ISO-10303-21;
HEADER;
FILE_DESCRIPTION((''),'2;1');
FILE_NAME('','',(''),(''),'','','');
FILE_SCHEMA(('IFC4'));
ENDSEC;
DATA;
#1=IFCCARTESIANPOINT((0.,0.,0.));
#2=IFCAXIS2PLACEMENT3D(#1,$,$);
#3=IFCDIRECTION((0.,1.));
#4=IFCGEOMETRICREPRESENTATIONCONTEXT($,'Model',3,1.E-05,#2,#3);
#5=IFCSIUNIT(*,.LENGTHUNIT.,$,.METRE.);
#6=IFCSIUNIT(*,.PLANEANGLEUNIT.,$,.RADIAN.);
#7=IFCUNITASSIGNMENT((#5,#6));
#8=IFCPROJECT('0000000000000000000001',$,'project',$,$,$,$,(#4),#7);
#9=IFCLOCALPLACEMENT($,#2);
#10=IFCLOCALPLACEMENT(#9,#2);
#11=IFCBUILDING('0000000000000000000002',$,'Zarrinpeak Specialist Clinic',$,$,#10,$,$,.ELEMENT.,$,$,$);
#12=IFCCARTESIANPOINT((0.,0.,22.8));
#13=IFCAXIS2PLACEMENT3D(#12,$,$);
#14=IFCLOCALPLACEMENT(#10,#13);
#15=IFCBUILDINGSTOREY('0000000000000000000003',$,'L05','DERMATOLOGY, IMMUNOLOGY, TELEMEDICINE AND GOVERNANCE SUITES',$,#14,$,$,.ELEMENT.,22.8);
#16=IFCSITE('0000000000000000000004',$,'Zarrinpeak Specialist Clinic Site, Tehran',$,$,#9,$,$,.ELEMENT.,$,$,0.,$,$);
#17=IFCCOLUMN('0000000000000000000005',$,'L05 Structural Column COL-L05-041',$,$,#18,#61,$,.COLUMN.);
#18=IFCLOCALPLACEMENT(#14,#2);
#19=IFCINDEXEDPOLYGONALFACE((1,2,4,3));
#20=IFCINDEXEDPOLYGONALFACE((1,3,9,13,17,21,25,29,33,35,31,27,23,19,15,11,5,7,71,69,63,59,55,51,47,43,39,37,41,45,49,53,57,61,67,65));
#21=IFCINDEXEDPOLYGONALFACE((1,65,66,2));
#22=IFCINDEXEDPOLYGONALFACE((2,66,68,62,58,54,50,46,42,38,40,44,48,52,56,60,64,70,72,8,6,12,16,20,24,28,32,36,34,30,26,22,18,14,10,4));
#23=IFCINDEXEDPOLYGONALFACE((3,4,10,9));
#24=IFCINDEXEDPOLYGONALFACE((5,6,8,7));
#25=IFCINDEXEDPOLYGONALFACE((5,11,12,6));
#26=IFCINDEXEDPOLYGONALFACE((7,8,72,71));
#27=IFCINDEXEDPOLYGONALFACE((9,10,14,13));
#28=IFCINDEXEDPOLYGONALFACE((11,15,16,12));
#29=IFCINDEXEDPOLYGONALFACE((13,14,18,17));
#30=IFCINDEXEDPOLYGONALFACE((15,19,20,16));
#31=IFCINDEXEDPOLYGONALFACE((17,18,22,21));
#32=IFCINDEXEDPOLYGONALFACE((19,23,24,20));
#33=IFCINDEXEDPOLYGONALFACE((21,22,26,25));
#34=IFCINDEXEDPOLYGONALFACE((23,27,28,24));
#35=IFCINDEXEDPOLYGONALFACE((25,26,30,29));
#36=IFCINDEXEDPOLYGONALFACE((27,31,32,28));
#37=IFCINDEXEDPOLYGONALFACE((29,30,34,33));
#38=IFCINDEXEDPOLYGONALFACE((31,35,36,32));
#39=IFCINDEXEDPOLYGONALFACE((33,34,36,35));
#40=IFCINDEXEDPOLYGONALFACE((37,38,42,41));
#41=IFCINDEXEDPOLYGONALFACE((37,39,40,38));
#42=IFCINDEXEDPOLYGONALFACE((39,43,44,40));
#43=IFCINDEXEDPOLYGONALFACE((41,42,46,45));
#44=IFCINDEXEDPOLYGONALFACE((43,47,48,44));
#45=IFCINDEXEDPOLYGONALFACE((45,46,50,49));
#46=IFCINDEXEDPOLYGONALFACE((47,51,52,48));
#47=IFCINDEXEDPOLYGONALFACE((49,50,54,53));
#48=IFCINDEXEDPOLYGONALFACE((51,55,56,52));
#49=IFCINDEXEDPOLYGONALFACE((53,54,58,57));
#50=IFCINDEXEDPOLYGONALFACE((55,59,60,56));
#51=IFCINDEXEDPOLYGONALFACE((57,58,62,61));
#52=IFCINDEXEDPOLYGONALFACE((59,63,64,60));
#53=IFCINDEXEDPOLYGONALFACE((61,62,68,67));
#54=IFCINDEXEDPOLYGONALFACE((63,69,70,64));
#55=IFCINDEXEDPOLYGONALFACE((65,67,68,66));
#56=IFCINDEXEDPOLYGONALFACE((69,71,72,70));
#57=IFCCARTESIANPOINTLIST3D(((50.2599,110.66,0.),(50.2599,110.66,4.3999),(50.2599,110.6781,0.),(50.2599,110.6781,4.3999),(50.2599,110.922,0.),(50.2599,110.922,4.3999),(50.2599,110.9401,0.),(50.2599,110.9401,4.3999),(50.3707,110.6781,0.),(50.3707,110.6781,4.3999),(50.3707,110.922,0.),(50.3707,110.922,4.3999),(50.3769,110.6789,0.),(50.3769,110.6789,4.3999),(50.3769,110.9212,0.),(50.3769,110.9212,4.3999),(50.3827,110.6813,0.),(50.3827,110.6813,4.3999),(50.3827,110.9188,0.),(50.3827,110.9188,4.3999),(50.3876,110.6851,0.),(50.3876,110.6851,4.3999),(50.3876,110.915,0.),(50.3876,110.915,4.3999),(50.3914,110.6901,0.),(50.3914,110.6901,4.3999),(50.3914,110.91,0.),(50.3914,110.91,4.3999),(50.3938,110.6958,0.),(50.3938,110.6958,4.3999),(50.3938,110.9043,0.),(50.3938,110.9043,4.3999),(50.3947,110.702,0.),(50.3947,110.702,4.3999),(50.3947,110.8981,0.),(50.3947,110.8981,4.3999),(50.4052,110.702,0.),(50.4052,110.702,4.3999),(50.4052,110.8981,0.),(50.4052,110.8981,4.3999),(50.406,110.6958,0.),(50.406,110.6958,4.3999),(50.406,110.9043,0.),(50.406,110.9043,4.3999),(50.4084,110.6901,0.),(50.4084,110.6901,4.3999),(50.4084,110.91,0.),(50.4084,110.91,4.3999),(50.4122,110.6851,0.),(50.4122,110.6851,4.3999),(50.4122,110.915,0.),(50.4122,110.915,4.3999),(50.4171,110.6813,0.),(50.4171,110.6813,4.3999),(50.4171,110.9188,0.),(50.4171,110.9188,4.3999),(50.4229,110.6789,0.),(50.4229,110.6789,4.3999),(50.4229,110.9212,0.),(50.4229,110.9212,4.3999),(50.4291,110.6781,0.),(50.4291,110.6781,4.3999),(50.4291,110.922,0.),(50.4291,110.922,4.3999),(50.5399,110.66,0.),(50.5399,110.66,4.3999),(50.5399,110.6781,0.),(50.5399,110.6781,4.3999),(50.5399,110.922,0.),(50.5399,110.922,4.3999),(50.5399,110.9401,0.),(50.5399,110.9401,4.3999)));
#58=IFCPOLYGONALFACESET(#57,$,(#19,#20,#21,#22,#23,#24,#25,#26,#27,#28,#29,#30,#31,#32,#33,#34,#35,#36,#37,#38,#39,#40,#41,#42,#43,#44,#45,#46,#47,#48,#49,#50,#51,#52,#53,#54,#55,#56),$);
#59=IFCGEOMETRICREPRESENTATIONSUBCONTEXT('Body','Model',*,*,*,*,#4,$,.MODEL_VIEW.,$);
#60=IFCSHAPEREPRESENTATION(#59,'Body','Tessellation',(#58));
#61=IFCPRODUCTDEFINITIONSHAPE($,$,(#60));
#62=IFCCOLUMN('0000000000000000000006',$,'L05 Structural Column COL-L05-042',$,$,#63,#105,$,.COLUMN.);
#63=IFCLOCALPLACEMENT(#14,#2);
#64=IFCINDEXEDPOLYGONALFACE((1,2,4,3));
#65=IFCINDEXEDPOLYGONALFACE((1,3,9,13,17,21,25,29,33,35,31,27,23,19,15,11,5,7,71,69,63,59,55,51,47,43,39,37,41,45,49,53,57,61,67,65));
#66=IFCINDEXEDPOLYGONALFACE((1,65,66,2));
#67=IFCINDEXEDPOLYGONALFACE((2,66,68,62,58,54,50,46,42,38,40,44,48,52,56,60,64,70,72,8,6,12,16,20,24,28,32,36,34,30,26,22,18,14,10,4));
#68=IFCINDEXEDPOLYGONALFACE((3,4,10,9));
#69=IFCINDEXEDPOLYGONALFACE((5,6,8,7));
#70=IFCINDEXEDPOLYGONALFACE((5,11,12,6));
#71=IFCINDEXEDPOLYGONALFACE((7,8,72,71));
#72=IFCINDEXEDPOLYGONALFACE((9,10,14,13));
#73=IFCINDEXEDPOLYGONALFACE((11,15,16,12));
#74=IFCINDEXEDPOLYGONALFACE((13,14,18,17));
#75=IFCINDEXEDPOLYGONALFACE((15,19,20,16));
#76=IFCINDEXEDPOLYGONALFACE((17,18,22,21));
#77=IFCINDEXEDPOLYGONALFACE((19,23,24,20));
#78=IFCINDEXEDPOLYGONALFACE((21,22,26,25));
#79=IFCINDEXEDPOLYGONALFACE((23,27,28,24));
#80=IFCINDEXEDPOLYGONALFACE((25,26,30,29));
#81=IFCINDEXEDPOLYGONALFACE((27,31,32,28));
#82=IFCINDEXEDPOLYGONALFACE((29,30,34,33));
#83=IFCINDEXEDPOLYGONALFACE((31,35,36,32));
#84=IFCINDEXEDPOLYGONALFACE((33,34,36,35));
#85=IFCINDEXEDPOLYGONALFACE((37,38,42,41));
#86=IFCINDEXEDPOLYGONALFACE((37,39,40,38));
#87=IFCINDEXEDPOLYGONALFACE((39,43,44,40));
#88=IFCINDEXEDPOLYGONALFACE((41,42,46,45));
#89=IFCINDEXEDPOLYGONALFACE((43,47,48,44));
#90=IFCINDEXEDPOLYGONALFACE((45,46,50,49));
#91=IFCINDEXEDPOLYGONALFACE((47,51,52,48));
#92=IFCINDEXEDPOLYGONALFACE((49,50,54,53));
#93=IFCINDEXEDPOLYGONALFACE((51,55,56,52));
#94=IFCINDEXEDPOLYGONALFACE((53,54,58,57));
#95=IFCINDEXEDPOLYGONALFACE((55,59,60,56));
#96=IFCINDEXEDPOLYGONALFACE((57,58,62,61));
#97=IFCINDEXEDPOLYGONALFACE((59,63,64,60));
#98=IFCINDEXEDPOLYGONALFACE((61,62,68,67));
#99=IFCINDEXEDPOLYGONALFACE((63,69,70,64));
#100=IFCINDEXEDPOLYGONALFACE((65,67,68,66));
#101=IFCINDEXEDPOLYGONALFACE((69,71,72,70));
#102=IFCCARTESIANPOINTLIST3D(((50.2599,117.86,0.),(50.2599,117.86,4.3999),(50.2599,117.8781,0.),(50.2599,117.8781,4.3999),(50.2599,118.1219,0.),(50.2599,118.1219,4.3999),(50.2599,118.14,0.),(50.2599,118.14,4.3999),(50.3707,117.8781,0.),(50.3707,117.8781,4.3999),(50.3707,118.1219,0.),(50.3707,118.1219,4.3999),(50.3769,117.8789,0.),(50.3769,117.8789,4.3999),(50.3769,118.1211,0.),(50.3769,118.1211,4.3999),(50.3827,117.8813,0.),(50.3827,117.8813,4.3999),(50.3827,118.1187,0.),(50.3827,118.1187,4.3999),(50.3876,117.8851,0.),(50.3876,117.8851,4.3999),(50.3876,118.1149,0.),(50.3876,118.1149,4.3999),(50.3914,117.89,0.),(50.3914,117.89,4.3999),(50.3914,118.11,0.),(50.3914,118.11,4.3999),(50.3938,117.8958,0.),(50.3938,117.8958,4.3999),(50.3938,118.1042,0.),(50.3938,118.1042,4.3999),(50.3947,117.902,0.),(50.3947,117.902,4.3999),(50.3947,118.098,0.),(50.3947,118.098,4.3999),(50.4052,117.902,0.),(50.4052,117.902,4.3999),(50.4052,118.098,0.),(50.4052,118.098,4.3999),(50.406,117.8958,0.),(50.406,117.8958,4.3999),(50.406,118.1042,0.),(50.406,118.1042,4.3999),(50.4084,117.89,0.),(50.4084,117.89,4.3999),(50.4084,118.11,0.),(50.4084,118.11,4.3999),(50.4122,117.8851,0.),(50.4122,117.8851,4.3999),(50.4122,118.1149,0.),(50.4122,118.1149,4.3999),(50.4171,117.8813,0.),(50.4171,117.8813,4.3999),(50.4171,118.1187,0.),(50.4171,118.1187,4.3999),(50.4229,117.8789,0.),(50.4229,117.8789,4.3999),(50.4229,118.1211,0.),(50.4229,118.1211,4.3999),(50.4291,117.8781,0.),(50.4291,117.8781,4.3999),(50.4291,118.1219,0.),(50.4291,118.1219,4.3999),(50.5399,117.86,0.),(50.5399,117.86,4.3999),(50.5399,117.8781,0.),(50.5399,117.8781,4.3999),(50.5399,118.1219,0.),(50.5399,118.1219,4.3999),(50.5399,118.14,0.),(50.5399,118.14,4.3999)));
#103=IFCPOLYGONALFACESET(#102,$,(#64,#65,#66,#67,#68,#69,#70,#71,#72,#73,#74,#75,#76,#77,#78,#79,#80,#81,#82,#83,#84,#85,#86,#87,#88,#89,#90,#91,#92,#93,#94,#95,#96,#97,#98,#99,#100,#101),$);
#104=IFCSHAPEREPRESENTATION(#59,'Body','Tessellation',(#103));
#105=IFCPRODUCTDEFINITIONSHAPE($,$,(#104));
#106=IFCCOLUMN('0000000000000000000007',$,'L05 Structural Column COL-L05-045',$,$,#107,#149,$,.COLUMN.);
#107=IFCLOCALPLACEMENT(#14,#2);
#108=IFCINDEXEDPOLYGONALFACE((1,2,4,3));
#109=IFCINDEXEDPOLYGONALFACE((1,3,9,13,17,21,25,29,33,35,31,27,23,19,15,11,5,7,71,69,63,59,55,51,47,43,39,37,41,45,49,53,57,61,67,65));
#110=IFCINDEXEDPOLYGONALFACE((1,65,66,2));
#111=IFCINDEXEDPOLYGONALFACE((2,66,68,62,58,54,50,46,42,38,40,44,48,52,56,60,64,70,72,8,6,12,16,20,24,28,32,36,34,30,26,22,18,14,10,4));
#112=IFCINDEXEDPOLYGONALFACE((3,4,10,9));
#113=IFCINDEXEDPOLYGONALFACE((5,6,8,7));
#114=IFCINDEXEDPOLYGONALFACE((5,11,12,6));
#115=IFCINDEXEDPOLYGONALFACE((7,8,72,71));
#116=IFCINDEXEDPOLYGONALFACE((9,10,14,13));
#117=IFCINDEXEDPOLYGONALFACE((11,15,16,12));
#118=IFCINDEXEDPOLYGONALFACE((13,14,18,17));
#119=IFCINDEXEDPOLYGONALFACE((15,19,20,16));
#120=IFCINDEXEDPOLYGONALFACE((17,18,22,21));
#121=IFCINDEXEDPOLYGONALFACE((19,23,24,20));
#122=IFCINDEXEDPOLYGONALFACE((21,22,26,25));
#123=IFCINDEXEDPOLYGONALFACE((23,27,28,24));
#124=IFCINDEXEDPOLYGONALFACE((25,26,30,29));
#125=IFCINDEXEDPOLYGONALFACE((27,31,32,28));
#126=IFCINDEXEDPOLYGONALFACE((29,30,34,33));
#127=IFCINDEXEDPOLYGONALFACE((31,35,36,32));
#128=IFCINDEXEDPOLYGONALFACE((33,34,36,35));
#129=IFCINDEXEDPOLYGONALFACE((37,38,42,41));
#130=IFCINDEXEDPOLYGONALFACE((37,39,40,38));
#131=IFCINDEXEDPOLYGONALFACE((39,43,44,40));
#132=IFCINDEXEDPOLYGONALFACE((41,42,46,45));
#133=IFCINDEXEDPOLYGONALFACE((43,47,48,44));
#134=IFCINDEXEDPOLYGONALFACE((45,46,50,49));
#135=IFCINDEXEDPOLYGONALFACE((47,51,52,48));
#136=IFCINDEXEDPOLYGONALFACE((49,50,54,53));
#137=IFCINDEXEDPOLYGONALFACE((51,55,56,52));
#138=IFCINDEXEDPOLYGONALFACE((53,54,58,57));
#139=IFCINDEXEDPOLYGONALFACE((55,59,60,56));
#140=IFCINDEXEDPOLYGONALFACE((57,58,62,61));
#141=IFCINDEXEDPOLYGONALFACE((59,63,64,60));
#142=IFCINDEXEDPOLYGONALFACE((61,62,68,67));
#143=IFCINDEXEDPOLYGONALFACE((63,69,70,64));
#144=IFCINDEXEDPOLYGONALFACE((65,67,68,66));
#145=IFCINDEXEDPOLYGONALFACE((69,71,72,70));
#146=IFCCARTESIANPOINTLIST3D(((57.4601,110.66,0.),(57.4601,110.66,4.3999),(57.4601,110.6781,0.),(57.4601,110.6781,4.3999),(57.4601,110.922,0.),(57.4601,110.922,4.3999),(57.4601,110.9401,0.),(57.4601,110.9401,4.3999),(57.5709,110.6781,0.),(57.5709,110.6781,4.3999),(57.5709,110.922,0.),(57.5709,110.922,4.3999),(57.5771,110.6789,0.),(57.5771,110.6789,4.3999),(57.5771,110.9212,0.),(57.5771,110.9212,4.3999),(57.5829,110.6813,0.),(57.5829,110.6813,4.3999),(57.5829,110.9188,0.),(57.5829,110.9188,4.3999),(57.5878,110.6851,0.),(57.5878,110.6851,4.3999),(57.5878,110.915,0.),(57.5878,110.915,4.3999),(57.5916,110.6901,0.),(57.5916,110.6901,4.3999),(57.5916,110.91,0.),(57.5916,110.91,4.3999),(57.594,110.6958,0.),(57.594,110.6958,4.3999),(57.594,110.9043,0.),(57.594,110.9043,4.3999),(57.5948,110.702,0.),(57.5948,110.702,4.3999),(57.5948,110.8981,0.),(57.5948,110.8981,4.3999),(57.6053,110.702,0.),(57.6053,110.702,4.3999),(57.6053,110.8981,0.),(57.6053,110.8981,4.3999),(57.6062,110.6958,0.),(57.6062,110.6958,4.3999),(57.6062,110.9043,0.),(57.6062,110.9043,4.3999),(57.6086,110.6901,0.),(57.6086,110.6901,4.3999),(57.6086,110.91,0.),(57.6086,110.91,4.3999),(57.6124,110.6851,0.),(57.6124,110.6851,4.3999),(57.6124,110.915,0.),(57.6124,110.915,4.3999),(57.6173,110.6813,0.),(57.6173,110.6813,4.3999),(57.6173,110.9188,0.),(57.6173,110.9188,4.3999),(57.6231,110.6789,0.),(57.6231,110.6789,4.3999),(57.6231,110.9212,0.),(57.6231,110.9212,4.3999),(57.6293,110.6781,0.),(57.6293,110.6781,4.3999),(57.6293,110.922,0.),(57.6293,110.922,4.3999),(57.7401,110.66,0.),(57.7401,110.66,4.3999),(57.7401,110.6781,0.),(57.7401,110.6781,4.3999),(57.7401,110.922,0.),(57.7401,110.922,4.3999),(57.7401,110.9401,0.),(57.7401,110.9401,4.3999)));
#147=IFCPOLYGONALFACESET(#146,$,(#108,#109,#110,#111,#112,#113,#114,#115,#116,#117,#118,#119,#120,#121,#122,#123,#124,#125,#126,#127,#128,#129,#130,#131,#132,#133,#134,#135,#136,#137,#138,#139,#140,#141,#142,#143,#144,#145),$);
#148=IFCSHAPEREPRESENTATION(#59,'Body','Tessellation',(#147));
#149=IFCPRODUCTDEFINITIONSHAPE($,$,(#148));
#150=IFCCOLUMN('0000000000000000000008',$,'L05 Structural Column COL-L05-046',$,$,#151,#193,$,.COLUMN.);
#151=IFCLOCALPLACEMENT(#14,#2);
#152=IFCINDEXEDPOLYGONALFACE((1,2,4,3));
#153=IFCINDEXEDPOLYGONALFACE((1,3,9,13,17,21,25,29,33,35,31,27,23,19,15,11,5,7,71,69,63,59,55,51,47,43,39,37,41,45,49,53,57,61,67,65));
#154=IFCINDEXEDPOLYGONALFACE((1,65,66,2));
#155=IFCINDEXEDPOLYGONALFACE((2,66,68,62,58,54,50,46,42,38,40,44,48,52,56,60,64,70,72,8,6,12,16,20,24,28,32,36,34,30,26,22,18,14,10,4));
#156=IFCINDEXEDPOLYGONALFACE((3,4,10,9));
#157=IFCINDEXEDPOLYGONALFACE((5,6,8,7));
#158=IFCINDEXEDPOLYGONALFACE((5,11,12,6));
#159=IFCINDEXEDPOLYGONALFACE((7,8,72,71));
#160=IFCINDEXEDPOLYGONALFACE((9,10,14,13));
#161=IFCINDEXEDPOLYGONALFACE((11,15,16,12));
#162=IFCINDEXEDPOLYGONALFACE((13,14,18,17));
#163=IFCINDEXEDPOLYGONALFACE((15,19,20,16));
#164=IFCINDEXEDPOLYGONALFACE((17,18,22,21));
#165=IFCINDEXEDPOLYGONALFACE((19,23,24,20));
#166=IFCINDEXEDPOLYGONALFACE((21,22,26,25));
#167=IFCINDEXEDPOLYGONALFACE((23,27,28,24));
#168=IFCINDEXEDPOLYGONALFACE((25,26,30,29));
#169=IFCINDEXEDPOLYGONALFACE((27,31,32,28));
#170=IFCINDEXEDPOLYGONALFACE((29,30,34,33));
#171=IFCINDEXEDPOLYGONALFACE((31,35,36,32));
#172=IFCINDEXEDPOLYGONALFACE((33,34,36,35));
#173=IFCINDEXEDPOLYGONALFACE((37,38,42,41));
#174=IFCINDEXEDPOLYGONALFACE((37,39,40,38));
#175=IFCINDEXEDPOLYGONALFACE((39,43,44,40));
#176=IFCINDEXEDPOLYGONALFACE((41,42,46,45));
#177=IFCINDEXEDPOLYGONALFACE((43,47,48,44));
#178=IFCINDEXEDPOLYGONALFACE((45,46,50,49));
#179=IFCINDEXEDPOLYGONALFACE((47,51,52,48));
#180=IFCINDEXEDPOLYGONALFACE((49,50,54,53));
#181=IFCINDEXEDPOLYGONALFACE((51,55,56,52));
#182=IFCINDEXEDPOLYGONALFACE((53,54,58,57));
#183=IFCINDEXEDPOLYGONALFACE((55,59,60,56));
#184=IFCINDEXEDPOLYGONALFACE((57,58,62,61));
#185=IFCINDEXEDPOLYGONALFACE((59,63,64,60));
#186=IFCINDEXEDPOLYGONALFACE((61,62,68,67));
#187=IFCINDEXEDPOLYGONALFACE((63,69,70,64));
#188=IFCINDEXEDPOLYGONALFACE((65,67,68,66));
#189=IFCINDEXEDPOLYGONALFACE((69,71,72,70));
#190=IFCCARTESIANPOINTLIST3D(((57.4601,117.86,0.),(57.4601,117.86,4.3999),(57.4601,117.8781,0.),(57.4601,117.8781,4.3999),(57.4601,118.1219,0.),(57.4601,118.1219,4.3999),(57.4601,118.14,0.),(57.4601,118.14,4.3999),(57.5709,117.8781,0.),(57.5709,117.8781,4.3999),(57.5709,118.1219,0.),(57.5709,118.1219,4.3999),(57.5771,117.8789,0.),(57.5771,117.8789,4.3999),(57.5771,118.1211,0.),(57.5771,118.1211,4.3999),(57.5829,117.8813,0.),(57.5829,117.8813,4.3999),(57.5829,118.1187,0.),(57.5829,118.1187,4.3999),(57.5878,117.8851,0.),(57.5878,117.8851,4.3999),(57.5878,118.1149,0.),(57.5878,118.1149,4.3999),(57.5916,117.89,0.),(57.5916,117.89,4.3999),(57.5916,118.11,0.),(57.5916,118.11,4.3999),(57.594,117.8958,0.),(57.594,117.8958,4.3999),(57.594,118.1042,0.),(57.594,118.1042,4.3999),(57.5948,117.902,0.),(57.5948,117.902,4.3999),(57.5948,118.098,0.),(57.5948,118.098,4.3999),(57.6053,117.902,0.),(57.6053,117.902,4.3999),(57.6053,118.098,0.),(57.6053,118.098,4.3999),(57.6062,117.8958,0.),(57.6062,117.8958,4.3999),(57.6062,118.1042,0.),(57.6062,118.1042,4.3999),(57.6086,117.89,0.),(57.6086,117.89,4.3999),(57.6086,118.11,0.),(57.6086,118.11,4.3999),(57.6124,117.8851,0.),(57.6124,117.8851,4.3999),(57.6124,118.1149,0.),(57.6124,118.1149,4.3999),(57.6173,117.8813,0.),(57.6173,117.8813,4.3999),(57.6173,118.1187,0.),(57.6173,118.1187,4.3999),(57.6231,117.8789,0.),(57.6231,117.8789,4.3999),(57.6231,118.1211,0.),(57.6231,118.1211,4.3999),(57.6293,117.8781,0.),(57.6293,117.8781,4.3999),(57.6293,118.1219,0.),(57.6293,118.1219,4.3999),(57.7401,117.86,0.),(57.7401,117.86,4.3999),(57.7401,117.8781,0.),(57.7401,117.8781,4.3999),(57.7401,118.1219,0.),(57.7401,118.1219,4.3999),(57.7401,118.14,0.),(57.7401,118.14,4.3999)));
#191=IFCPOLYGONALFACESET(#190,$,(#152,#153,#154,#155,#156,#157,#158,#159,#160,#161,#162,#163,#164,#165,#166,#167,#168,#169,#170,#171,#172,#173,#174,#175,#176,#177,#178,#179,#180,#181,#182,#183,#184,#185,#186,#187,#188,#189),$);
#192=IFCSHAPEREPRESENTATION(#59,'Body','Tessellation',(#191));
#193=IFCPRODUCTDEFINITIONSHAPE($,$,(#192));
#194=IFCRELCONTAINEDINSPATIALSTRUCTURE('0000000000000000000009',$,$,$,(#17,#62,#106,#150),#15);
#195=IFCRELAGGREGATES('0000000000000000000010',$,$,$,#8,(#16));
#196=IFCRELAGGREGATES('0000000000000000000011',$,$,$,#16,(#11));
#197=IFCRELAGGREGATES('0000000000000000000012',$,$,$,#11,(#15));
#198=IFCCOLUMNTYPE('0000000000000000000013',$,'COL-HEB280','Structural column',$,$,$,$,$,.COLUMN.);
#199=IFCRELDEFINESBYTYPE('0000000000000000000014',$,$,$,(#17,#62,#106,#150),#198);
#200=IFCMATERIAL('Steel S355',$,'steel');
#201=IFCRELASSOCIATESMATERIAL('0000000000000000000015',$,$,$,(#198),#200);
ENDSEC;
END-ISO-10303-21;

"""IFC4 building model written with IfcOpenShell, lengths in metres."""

from ifc_helpers import new_model, si_unit, direction, frame, origin, origin_2d, place, context, subcontext, project, spatial, i_section, extrude, material, material_profile, profile_set, type_object, element, save


model = new_model("IFC4")

# Units and contexts
model_context = context("Model", 3, precision=1e-05, world=origin(), true_north=direction((0.0, 1.0)))
body_context = subcontext(model_context, "Body", "Model", "MODEL_VIEW")
ifc_project = project(units=[si_unit("LENGTHUNIT", "METRE"), si_unit("PLANEANGLEUNIT", "RADIAN")], contexts=[model_context])

# Site, building, storey
site_placement = place(None, origin())
site = spatial("IfcSite", under=ifc_project, at=site_placement, Name="Zarrinpeak Specialist Clinic Site, Tehran", CompositionType="ELEMENT", RefElevation=0.0)
building_placement = place(site_placement, origin())
building = spatial("IfcBuilding", under=site, at=building_placement, Name="Zarrinpeak Specialist Clinic", CompositionType="ELEMENT")
storey_placement = place(building_placement, frame((0.0, 0.0, 22.8)))
storey = spatial("IfcBuildingStorey", under=building, at=storey_placement, Name="L05", Description="DERMATOLOGY, IMMUNOLOGY, TELEMEDICINE AND GOVERNANCE SUITES", CompositionType="ELEMENT", Elevation=22.8)

# Columns
ifc_material_1 = material(Name="Steel S355", Category="steel")
ifc_material_profile_1 = material_profile(ifc_material_1, i_section(OverallWidth=0.28, OverallDepth=0.28, WebThickness=0.0105, FlangeThickness=0.0181, FilletRadius=0.0239, at=origin_2d()), Name="HEB 280")
ifc_profile_set_1 = profile_set([ifc_material_profile_1], Name="Steel S355")
column_type = type_object("IfcColumnType", Name="COL-HEB280", Description="Structural column", PredefinedType="COLUMN", material=ifc_profile_set_1)
for number, where, z_axis, x_axis, name in (
    (1, (50.3999, 110.8, 0.0), (0.0, 0.0, 1.0), (1.0, 0.0, 0.0), "L05 Structural Column COL-L05-041"),
    (2, (50.3999, 118.0, 0.0), (0.0, 0.0, 1.0), (1.0, 0.0, 0.0), "L05 Structural Column COL-L05-042"),
    (3, (57.6001, 110.8, 0.0), (0.0, 0.0, 1.0), (1.0, 0.0, 0.0), "L05 Structural Column COL-L05-045"),
    (4, (57.6001, 118.0, 0.0), (0.0, 0.0, 1.0), (1.0, 0.0, 0.0), "L05 Structural Column COL-L05-046"),
):
    element("IfcColumn", number, at=place(storey_placement, frame(where, z_axis=z_axis, x_axis=x_axis)), inside=storey, type_object=column_type, Name=name, PredefinedType="COLUMN", context=body_context, shape_type="SweptSolid", body=[
        extrude(i_section(OverallWidth=0.28, OverallDepth=0.28, WebThickness=0.0105, FlangeThickness=0.0181, FilletRadius=0.0239, at=origin_2d()), origin(), (0.0, 0.0, 1.0), 4.3999),
    ])

save(model, "model.ifc")
